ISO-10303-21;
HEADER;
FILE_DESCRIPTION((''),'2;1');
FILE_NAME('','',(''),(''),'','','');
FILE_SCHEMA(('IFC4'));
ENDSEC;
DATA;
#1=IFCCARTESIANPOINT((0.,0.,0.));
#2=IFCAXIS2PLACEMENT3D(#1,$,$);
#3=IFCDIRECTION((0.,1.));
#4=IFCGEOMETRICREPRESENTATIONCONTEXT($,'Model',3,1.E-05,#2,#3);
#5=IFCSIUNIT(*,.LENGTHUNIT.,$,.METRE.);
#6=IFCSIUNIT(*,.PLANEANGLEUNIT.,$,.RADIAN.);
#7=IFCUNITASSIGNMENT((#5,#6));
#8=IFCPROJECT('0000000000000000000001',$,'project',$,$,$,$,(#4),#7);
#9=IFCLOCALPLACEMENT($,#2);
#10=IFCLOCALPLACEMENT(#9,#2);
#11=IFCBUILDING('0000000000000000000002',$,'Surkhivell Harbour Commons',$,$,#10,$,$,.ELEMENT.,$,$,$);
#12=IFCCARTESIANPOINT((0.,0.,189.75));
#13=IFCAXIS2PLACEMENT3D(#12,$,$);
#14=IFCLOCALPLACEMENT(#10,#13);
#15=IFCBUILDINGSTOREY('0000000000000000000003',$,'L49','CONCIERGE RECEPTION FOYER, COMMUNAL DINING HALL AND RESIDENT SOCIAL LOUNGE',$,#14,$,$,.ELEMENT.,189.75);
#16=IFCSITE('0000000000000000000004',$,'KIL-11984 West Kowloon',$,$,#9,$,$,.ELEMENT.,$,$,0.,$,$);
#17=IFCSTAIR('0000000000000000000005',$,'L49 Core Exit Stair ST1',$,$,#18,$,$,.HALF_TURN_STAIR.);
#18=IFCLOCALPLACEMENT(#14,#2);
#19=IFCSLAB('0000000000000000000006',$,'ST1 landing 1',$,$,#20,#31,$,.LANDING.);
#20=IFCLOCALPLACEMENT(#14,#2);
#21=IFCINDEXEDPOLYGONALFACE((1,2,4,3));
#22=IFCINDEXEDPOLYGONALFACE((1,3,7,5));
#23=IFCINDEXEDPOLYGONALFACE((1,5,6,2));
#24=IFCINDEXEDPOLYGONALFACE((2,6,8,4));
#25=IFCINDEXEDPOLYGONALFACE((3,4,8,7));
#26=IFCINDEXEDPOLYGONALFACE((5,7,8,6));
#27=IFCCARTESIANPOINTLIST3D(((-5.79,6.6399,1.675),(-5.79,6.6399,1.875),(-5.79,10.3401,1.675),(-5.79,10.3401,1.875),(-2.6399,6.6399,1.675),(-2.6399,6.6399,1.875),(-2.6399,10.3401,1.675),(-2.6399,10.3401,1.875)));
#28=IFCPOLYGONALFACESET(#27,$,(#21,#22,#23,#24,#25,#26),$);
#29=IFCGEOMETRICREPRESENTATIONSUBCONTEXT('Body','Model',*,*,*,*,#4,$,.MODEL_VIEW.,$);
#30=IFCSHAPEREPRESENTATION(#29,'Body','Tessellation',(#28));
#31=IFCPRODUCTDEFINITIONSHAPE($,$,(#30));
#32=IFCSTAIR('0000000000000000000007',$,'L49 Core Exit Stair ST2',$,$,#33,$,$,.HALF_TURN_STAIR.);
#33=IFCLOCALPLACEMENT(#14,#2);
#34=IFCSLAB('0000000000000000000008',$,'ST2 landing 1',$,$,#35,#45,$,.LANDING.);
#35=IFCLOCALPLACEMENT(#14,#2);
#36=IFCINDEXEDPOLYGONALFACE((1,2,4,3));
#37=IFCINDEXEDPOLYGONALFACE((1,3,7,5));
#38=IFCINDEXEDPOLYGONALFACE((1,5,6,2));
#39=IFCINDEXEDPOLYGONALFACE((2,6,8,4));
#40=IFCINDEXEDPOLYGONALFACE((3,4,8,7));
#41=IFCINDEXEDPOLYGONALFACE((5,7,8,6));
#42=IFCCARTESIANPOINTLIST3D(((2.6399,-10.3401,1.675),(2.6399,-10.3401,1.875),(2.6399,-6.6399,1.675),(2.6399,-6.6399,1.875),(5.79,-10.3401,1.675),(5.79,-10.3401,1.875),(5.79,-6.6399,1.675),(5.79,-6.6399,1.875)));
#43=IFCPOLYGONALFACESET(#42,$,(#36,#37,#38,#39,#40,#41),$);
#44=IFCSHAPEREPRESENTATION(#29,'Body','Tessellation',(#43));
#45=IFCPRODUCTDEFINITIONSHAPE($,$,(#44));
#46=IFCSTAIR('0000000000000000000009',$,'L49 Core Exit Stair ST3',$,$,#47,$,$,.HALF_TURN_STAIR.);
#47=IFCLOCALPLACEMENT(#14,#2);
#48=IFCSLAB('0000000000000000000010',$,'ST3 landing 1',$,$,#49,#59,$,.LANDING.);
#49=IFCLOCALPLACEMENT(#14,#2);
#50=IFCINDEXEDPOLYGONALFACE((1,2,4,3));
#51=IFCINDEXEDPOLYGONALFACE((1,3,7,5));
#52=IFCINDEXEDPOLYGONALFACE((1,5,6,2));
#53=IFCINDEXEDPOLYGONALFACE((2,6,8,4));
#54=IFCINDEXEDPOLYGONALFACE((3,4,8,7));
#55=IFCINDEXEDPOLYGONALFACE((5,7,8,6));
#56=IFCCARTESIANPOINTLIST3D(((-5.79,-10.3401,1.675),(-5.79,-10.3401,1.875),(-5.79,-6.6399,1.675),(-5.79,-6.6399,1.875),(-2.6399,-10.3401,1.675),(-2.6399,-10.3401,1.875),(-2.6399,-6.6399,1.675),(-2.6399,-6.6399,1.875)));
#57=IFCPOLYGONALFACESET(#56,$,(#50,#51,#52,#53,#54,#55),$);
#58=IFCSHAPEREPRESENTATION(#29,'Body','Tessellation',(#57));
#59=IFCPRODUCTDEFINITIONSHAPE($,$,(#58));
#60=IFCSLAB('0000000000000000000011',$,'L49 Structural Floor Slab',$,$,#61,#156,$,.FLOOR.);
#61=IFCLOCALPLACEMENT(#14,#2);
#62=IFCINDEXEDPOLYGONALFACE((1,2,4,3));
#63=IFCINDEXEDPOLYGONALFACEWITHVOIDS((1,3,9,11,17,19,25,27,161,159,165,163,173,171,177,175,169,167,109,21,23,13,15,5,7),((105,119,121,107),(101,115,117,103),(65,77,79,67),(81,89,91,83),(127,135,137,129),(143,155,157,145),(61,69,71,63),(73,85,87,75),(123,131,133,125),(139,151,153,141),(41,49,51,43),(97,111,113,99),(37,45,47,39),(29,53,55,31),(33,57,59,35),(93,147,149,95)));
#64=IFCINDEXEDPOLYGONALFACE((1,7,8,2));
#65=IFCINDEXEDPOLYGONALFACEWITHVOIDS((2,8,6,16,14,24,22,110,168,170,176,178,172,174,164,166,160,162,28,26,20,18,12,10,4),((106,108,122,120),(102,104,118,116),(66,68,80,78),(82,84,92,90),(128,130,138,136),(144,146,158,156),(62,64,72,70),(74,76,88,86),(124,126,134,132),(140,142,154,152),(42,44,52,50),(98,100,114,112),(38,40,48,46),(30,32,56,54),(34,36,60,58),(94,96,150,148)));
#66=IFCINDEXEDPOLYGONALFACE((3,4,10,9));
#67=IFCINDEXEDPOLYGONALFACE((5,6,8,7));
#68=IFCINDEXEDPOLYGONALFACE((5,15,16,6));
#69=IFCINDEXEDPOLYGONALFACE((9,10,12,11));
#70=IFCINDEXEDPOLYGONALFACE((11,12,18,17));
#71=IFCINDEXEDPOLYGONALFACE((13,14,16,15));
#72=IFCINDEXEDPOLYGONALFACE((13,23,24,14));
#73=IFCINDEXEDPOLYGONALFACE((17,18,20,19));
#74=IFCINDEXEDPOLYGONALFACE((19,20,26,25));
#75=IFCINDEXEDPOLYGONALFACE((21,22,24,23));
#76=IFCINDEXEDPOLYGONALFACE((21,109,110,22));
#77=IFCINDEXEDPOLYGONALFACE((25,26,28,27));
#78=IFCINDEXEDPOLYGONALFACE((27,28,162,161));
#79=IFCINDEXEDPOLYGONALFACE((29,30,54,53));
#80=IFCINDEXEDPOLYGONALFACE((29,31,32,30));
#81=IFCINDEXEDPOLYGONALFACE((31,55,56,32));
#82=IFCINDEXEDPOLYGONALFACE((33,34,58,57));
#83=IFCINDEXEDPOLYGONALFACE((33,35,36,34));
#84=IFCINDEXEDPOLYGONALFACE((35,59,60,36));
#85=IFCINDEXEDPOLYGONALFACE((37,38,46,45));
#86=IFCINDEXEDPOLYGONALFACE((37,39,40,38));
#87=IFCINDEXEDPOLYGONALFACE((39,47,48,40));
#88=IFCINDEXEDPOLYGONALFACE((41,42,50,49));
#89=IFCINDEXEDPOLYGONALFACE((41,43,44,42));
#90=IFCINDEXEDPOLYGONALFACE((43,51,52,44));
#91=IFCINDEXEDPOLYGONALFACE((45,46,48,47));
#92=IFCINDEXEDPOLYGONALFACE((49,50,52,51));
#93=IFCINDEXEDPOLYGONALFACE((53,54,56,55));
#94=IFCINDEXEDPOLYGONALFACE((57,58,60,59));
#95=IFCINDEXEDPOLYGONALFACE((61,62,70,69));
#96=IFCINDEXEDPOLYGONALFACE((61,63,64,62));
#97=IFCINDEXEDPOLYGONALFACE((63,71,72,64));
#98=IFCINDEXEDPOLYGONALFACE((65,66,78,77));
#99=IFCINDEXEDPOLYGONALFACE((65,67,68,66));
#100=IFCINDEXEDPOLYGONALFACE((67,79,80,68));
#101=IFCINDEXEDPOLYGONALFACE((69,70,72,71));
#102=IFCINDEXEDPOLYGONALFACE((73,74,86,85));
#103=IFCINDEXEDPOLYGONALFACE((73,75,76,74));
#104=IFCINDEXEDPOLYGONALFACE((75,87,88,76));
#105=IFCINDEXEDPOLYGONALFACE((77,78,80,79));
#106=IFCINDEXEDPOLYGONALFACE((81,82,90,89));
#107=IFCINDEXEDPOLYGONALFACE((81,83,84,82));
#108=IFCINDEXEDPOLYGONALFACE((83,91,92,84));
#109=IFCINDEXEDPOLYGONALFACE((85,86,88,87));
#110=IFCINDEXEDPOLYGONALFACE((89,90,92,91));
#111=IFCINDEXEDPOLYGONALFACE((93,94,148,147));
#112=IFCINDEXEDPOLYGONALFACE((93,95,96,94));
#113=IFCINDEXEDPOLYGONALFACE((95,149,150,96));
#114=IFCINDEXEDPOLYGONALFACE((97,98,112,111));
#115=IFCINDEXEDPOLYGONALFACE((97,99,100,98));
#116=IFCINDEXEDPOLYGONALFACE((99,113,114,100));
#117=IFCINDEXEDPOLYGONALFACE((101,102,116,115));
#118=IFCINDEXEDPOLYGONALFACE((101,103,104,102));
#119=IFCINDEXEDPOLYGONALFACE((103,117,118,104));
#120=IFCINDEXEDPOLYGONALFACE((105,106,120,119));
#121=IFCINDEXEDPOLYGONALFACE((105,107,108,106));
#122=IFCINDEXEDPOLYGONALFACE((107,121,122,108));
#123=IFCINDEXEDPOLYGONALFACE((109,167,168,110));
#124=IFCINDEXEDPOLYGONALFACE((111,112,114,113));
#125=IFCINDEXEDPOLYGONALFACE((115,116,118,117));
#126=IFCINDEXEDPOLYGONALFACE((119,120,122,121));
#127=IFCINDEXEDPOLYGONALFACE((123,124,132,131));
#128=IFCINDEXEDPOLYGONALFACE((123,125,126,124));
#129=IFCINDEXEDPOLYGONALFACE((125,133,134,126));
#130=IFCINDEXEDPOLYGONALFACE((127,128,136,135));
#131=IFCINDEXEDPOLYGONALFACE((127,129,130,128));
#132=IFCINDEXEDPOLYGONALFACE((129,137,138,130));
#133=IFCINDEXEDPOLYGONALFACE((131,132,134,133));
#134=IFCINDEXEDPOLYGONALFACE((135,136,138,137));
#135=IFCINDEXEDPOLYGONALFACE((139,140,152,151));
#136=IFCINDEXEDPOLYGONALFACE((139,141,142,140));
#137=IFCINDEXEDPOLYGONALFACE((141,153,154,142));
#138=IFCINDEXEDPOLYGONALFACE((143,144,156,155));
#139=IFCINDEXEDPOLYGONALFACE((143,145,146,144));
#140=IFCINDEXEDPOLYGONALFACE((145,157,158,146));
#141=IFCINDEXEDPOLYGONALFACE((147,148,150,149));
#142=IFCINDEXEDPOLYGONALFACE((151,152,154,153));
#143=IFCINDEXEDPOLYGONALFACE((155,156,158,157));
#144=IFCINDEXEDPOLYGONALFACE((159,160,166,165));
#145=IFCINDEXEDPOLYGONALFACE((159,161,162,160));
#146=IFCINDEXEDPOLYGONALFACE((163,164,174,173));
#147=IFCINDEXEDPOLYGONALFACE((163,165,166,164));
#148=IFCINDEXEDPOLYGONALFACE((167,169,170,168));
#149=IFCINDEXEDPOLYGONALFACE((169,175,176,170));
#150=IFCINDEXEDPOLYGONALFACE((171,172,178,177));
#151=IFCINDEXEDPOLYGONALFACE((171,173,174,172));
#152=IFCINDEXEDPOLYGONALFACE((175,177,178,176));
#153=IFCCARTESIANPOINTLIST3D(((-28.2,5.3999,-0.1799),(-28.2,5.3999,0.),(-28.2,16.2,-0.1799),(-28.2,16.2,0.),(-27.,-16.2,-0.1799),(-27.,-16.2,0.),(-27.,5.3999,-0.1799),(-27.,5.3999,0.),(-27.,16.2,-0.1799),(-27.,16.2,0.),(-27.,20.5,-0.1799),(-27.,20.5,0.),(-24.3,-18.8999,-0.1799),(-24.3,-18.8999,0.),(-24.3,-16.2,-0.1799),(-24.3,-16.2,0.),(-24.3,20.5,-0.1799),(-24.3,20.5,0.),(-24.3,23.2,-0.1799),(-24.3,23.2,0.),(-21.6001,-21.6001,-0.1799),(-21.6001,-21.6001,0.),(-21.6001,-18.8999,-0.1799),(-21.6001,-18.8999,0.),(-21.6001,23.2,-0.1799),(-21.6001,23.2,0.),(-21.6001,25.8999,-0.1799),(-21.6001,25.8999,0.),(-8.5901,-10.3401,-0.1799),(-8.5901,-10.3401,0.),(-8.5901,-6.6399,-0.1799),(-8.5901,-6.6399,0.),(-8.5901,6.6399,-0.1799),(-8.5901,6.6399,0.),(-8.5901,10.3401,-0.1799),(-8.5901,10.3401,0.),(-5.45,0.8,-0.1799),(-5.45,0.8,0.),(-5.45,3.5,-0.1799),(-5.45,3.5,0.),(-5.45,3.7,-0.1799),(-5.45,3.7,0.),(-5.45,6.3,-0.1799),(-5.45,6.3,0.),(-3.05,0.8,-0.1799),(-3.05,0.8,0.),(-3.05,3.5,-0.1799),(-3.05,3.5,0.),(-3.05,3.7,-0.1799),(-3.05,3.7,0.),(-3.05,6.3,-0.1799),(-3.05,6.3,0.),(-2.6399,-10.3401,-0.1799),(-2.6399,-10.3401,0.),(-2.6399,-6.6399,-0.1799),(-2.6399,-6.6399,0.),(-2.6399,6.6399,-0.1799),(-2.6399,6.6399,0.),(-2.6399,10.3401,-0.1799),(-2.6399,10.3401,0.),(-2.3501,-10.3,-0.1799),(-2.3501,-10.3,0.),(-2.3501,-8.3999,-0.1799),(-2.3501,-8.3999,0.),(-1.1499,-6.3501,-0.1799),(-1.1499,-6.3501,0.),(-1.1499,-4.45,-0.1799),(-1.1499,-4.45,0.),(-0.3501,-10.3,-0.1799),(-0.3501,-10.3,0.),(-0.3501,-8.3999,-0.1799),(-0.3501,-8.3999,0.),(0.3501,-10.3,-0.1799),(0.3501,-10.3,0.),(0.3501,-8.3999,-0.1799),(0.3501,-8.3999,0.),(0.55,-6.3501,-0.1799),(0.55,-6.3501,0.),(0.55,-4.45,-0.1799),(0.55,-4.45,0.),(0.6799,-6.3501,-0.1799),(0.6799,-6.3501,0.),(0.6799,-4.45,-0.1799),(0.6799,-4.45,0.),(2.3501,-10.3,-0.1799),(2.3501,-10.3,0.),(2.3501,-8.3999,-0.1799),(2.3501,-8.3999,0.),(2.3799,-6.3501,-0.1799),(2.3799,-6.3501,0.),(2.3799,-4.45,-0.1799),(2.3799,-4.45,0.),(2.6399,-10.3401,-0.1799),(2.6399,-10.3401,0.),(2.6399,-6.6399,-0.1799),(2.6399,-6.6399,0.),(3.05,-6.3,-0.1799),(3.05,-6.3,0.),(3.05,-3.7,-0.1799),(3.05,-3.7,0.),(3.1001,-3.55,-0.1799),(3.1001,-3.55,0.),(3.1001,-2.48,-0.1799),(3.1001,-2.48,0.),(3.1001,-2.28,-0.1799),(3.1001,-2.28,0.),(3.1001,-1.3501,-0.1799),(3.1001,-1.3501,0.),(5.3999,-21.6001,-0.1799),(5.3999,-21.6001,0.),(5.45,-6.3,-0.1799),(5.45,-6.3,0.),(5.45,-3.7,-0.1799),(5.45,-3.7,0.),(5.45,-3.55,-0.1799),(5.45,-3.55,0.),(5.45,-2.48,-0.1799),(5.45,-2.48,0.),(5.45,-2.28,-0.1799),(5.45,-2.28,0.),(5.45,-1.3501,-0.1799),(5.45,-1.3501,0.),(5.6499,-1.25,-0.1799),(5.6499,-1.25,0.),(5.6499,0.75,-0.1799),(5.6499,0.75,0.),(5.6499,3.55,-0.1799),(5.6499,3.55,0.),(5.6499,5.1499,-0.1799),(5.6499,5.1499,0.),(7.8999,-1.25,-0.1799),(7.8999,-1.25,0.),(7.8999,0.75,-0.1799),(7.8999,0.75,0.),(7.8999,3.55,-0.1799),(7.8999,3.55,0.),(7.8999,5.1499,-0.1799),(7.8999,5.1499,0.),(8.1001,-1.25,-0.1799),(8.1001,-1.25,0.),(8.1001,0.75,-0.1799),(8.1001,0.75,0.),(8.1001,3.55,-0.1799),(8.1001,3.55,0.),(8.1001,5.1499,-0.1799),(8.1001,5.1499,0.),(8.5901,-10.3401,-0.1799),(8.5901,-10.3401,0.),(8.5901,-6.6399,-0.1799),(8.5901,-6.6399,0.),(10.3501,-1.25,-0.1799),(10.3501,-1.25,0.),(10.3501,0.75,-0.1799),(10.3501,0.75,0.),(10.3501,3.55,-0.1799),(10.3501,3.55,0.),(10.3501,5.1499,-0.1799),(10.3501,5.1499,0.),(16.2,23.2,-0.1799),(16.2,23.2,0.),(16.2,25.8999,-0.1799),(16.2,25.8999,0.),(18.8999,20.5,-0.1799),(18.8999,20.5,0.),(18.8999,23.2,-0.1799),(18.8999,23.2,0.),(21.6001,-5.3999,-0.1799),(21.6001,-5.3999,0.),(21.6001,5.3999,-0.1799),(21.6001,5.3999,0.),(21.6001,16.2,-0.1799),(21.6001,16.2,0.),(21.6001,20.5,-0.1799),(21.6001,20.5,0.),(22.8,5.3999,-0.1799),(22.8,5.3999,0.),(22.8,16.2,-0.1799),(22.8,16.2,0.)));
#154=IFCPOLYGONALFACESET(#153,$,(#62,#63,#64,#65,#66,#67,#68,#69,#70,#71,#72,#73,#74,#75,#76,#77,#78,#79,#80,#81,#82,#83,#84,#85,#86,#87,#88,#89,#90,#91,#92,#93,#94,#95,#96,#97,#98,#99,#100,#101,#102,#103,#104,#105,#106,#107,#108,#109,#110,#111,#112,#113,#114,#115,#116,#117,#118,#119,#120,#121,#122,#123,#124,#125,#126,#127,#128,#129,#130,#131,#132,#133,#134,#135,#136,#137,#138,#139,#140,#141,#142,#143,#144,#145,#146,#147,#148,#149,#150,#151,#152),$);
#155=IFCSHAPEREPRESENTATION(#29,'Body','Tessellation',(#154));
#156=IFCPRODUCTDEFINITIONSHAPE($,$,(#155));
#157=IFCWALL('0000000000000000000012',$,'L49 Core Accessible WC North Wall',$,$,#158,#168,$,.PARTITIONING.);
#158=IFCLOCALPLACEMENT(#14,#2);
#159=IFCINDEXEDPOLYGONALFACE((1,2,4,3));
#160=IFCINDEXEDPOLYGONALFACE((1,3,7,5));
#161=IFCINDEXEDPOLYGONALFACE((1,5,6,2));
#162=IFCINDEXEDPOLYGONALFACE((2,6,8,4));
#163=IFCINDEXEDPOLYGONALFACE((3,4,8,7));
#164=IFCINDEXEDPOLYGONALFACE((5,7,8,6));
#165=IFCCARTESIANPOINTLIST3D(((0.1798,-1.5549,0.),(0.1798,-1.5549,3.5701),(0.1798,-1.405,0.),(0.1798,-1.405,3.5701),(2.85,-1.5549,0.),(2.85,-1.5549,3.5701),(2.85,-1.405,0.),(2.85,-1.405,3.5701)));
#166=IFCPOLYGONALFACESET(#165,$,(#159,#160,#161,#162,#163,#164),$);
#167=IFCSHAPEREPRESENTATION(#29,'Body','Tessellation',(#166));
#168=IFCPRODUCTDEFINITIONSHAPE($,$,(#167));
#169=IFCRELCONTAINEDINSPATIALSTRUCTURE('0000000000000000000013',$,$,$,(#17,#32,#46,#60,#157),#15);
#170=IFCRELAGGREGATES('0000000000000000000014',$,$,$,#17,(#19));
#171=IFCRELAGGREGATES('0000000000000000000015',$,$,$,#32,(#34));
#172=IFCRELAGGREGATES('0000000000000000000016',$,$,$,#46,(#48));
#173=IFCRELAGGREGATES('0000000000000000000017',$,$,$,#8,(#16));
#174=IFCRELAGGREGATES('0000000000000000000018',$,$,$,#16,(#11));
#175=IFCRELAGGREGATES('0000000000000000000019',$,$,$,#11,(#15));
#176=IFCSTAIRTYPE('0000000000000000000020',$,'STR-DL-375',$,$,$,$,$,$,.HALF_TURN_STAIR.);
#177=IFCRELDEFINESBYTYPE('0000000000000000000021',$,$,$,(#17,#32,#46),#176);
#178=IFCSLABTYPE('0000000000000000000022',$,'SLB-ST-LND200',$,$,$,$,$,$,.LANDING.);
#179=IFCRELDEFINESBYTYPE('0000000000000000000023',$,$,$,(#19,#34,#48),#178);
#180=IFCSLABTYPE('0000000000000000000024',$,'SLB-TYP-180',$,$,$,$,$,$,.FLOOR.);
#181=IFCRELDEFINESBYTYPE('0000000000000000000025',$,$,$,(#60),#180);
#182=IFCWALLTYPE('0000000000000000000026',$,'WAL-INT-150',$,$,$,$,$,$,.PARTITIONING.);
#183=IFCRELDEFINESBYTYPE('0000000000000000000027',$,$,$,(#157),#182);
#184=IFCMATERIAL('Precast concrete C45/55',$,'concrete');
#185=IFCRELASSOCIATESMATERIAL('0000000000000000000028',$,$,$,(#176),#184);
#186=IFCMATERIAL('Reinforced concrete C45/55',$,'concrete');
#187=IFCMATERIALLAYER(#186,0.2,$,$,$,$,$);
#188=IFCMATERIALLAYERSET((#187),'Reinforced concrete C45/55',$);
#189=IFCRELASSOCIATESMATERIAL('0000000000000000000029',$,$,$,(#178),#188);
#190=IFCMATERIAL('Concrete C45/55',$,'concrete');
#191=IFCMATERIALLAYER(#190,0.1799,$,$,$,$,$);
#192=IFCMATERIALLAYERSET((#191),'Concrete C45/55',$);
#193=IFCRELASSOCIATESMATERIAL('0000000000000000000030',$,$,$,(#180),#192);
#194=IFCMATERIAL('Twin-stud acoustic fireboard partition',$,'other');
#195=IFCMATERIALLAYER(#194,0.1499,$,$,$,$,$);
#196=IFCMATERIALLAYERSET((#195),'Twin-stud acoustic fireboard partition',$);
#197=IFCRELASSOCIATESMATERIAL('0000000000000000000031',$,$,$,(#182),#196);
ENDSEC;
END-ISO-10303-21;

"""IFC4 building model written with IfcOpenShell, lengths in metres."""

from ifc_helpers import new_model, si_unit, direction, frame, frame_2d, origin, place, context, subcontext, project, spatial, polyline, rectangle, outline, extrude, material, layer, layer_set, type_object, element, aggregate, save


model = new_model("IFC4")

# Units and contexts
model_context = context("Model", 3, precision=1e-05, world=origin(), true_north=direction((0.0, 1.0)))
body_context = subcontext(model_context, "Body", "Model", "MODEL_VIEW")
ifc_project = project(units=[si_unit("LENGTHUNIT", "METRE"), si_unit("PLANEANGLEUNIT", "RADIAN")], contexts=[model_context])

# Site, building, storey
site_placement = place(None, origin())
site = spatial("IfcSite", under=ifc_project, at=site_placement, Name="KIL-11984 West Kowloon", CompositionType="ELEMENT", RefElevation=0.0)
building_placement = place(site_placement, origin())
building = spatial("IfcBuilding", under=site, at=building_placement, Name="Surkhivell Harbour Commons", CompositionType="ELEMENT")
storey_placement = place(building_placement, frame((0.0, 0.0, 189.75)))
storey = spatial("IfcBuildingStorey", under=building, at=storey_placement, Name="L49", Description="CONCIERGE RECEPTION FOYER, COMMUNAL DINING HALL AND RESIDENT SOCIAL LOUNGE", CompositionType="ELEMENT", Elevation=189.75)

# Stairs, slabs
ifc_material_1 = material(Name="Precast concrete C45/55", Category="concrete")
stair_type = type_object("IfcStairType", Name="STR-DL-375", PredefinedType="HALF_TURN_STAIR", material=ifc_material_1)
stair_1_placement = place(storey_placement, origin())
stair_1 = element("IfcStair", 1, at=stair_1_placement, inside=storey, type_object=stair_type, Name="L49 Core Exit Stair ST1", PredefinedType="HALF_TURN_STAIR")
ifc_material_2 = material(Name="Reinforced concrete C45/55", Category="concrete")
ifc_layer_1 = layer(ifc_material_2, 0.2)
ifc_layer_set_1 = layer_set([ifc_layer_1], Name="Reinforced concrete C45/55")
slab_type_1 = type_object("IfcSlabType", Name="SLB-ST-LND200", PredefinedType="LANDING", material=ifc_layer_set_1)
slab_1_placement = place(storey_placement, frame((0.0, 0.0, 1.675)))
slab_1 = element("IfcSlab", 2, at=slab_1_placement, type_object=slab_type_1, Name="ST1 landing 1", PredefinedType="LANDING", context=body_context, shape_type="SweptSolid", body=[
    extrude(outline(polyline([(-5.79, 6.6399), (-2.6399, 6.6399), (-2.6399, 10.3401), (-5.79, 10.3401), (-5.79, 6.6399)])), origin(), (0.0, 0.0, 1.0), 0.2),
])
aggregate(stair_1, [slab_1])
stair_2_placement = place(storey_placement, origin())
stair_2 = element("IfcStair", 3, at=stair_2_placement, inside=storey, type_object=stair_type, Name="L49 Core Exit Stair ST2", PredefinedType="HALF_TURN_STAIR")
slab_2_placement = place(storey_placement, frame((0.0, 0.0, 1.675)))
slab_2 = element("IfcSlab", 4, at=slab_2_placement, type_object=slab_type_1, Name="ST2 landing 1", PredefinedType="LANDING", context=body_context, shape_type="SweptSolid", body=[
    extrude(outline(polyline([(5.79, -6.6399), (2.6399, -6.6399), (2.6399, -10.3401), (5.79, -10.3401), (5.79, -6.6399)])), origin(), (0.0, 0.0, 1.0), 0.2),
])
aggregate(stair_2, [slab_2])
stair_3_placement = place(storey_placement, origin())
stair_3 = element("IfcStair", 5, at=stair_3_placement, inside=storey, type_object=stair_type, Name="L49 Core Exit Stair ST3", PredefinedType="HALF_TURN_STAIR")
slab_3_placement = place(storey_placement, frame((0.0, 0.0, 1.675)))
slab_3 = element("IfcSlab", 6, at=slab_3_placement, type_object=slab_type_1, Name="ST3 landing 1", PredefinedType="LANDING", context=body_context, shape_type="SweptSolid", body=[
    extrude(outline(polyline([(-5.79, -10.3401), (-2.6399, -10.3401), (-2.6399, -6.6399), (-5.79, -6.6399), (-5.79, -10.3401)])), origin(), (0.0, 0.0, 1.0), 0.2),
])
aggregate(stair_3, [slab_3])

# Slab
ifc_material_3 = material(Name="Concrete C45/55", Category="concrete")
ifc_layer_2 = layer(ifc_material_3, 0.1799)
ifc_layer_set_2 = layer_set([ifc_layer_2], Name="Concrete C45/55")
slab_type_2 = type_object("IfcSlabType", Name="SLB-TYP-180", PredefinedType="FLOOR", material=ifc_layer_set_2)
slab_4_placement = place(storey_placement, frame((0.0, 0.0, -0.1799)))
element("IfcSlab", 7, at=slab_4_placement, inside=storey, type_object=slab_type_2, Name="L49 Structural Floor Slab", PredefinedType="FLOOR", context=body_context, shape_type="SweptSolid", body=[
    extrude(outline(polyline([(-27.0, 20.5), (-27.0, 16.2), (-28.2, 16.2), (-28.2, 5.3999), (-27.0, 5.3999), (-27.0, -16.2), (-24.3, -16.2), (-24.3, -18.8999), (-21.6001, -18.8999), (-21.6001, -21.6001), (5.3999, -21.6001), (21.6001, -5.3999), (21.6001, 5.3999), (22.8, 5.3999), (22.8, 16.2), (21.6001, 16.2), (21.6001, 20.5), (18.8999, 20.5), (18.8999, 23.2), (16.2, 23.2), (16.2, 25.8999), (-21.6001, 25.8999), (-21.6001, 23.2), (-24.3, 23.2), (-24.3, 20.5), (-27.0, 20.5)]), holes=[polyline([(-8.5901, 6.6399), (-2.6399, 6.6399), (-2.6399, 10.3401), (-8.5901, 10.3401), (-8.5901, 6.6399)]), polyline([(8.5901, -6.6399), (2.6399, -6.6399), (2.6399, -10.3401), (8.5901, -10.3401), (8.5901, -6.6399)]), polyline([(-8.5901, -10.3401), (-2.6399, -10.3401), (-2.6399, -6.6399), (-8.5901, -6.6399), (-8.5901, -10.3401)]), polyline([(5.6499, 3.55), (7.8999, 3.55), (7.8999, 5.1499), (5.6499, 5.1499), (5.6499, 3.55)]), polyline([(8.1001, 3.55), (10.3501, 3.55), (10.3501, 5.1499), (8.1001, 5.1499), (8.1001, 3.55)]), polyline([(5.6499, -1.25), (7.8999, -1.25), (7.8999, 0.75), (5.6499, 0.75), (5.6499, -1.25)]), polyline([(8.1001, -1.25), (10.3501, -1.25), (10.3501, 0.75), (8.1001, 0.75), (8.1001, -1.25)]), polyline([(-1.1499, -6.3501), (0.55, -6.3501), (0.55, -4.45), (-1.1499, -4.45), (-1.1499, -6.3501)]), polyline([(0.6799, -6.3501), (2.3799, -6.3501), (2.3799, -4.45), (0.6799, -4.45), (0.6799, -6.3501)]), polyline([(-2.3501, -10.3), (-0.3501, -10.3), (-0.3501, -8.3999), (-2.3501, -8.3999), (-2.3501, -10.3)]), polyline([(0.3501, -10.3), (2.3501, -10.3), (2.3501, -8.3999), (0.3501, -8.3999), (0.3501, -10.3)]), polyline([(-5.45, 3.7), (-3.05, 3.7), (-3.05, 6.3), (-5.45, 6.3), (-5.45, 3.7)]), polyline([(3.05, -6.3), (5.45, -6.3), (5.45, -3.7), (3.05, -3.7), (3.05, -6.3)]), polyline([(-5.45, 0.8), (-3.05, 0.8), (-3.05, 3.5), (-5.45, 3.5), (-5.45, 0.8)]), polyline([(3.1001, -3.55), (5.45, -3.55), (5.45, -2.48), (3.1001, -2.48), (3.1001, -3.55)]), polyline([(3.1001, -2.28), (5.45, -2.28), (5.45, -1.3501), (3.1001, -1.3501), (3.1001, -2.28)])]), origin(), (0.0, 0.0, 1.0), 0.1799),
])

# Wall
ifc_material_4 = material(Name="Twin-stud acoustic fireboard partition", Category="other")
ifc_layer_3 = layer(ifc_material_4, 0.1499)
ifc_layer_set_3 = layer_set([ifc_layer_3], Name="Twin-stud acoustic fireboard partition")
wall_type_1 = type_object("IfcWallType", Name="WAL-INT-150", PredefinedType="PARTITIONING", material=ifc_layer_set_3)
wall_1_placement = place(storey_placement, frame((0.1799, -1.48, 0.0), z_axis=(0.0, 0.0, 1.0), x_axis=(1.0, 0.0, 0.0)))
element("IfcWall", 8, at=wall_1_placement, inside=storey, type_object=wall_type_1, Name="L49 Core Accessible WC North Wall", PredefinedType="PARTITIONING", context=body_context, shape_type="SweptSolid", body=[
    extrude(rectangle(XDim=2.6702, YDim=0.1499, at=frame_2d((1.335, 0.0))), origin(), (0.0, 0.0, 1.0), 3.5701),
])

save(model, "model.ifc")
